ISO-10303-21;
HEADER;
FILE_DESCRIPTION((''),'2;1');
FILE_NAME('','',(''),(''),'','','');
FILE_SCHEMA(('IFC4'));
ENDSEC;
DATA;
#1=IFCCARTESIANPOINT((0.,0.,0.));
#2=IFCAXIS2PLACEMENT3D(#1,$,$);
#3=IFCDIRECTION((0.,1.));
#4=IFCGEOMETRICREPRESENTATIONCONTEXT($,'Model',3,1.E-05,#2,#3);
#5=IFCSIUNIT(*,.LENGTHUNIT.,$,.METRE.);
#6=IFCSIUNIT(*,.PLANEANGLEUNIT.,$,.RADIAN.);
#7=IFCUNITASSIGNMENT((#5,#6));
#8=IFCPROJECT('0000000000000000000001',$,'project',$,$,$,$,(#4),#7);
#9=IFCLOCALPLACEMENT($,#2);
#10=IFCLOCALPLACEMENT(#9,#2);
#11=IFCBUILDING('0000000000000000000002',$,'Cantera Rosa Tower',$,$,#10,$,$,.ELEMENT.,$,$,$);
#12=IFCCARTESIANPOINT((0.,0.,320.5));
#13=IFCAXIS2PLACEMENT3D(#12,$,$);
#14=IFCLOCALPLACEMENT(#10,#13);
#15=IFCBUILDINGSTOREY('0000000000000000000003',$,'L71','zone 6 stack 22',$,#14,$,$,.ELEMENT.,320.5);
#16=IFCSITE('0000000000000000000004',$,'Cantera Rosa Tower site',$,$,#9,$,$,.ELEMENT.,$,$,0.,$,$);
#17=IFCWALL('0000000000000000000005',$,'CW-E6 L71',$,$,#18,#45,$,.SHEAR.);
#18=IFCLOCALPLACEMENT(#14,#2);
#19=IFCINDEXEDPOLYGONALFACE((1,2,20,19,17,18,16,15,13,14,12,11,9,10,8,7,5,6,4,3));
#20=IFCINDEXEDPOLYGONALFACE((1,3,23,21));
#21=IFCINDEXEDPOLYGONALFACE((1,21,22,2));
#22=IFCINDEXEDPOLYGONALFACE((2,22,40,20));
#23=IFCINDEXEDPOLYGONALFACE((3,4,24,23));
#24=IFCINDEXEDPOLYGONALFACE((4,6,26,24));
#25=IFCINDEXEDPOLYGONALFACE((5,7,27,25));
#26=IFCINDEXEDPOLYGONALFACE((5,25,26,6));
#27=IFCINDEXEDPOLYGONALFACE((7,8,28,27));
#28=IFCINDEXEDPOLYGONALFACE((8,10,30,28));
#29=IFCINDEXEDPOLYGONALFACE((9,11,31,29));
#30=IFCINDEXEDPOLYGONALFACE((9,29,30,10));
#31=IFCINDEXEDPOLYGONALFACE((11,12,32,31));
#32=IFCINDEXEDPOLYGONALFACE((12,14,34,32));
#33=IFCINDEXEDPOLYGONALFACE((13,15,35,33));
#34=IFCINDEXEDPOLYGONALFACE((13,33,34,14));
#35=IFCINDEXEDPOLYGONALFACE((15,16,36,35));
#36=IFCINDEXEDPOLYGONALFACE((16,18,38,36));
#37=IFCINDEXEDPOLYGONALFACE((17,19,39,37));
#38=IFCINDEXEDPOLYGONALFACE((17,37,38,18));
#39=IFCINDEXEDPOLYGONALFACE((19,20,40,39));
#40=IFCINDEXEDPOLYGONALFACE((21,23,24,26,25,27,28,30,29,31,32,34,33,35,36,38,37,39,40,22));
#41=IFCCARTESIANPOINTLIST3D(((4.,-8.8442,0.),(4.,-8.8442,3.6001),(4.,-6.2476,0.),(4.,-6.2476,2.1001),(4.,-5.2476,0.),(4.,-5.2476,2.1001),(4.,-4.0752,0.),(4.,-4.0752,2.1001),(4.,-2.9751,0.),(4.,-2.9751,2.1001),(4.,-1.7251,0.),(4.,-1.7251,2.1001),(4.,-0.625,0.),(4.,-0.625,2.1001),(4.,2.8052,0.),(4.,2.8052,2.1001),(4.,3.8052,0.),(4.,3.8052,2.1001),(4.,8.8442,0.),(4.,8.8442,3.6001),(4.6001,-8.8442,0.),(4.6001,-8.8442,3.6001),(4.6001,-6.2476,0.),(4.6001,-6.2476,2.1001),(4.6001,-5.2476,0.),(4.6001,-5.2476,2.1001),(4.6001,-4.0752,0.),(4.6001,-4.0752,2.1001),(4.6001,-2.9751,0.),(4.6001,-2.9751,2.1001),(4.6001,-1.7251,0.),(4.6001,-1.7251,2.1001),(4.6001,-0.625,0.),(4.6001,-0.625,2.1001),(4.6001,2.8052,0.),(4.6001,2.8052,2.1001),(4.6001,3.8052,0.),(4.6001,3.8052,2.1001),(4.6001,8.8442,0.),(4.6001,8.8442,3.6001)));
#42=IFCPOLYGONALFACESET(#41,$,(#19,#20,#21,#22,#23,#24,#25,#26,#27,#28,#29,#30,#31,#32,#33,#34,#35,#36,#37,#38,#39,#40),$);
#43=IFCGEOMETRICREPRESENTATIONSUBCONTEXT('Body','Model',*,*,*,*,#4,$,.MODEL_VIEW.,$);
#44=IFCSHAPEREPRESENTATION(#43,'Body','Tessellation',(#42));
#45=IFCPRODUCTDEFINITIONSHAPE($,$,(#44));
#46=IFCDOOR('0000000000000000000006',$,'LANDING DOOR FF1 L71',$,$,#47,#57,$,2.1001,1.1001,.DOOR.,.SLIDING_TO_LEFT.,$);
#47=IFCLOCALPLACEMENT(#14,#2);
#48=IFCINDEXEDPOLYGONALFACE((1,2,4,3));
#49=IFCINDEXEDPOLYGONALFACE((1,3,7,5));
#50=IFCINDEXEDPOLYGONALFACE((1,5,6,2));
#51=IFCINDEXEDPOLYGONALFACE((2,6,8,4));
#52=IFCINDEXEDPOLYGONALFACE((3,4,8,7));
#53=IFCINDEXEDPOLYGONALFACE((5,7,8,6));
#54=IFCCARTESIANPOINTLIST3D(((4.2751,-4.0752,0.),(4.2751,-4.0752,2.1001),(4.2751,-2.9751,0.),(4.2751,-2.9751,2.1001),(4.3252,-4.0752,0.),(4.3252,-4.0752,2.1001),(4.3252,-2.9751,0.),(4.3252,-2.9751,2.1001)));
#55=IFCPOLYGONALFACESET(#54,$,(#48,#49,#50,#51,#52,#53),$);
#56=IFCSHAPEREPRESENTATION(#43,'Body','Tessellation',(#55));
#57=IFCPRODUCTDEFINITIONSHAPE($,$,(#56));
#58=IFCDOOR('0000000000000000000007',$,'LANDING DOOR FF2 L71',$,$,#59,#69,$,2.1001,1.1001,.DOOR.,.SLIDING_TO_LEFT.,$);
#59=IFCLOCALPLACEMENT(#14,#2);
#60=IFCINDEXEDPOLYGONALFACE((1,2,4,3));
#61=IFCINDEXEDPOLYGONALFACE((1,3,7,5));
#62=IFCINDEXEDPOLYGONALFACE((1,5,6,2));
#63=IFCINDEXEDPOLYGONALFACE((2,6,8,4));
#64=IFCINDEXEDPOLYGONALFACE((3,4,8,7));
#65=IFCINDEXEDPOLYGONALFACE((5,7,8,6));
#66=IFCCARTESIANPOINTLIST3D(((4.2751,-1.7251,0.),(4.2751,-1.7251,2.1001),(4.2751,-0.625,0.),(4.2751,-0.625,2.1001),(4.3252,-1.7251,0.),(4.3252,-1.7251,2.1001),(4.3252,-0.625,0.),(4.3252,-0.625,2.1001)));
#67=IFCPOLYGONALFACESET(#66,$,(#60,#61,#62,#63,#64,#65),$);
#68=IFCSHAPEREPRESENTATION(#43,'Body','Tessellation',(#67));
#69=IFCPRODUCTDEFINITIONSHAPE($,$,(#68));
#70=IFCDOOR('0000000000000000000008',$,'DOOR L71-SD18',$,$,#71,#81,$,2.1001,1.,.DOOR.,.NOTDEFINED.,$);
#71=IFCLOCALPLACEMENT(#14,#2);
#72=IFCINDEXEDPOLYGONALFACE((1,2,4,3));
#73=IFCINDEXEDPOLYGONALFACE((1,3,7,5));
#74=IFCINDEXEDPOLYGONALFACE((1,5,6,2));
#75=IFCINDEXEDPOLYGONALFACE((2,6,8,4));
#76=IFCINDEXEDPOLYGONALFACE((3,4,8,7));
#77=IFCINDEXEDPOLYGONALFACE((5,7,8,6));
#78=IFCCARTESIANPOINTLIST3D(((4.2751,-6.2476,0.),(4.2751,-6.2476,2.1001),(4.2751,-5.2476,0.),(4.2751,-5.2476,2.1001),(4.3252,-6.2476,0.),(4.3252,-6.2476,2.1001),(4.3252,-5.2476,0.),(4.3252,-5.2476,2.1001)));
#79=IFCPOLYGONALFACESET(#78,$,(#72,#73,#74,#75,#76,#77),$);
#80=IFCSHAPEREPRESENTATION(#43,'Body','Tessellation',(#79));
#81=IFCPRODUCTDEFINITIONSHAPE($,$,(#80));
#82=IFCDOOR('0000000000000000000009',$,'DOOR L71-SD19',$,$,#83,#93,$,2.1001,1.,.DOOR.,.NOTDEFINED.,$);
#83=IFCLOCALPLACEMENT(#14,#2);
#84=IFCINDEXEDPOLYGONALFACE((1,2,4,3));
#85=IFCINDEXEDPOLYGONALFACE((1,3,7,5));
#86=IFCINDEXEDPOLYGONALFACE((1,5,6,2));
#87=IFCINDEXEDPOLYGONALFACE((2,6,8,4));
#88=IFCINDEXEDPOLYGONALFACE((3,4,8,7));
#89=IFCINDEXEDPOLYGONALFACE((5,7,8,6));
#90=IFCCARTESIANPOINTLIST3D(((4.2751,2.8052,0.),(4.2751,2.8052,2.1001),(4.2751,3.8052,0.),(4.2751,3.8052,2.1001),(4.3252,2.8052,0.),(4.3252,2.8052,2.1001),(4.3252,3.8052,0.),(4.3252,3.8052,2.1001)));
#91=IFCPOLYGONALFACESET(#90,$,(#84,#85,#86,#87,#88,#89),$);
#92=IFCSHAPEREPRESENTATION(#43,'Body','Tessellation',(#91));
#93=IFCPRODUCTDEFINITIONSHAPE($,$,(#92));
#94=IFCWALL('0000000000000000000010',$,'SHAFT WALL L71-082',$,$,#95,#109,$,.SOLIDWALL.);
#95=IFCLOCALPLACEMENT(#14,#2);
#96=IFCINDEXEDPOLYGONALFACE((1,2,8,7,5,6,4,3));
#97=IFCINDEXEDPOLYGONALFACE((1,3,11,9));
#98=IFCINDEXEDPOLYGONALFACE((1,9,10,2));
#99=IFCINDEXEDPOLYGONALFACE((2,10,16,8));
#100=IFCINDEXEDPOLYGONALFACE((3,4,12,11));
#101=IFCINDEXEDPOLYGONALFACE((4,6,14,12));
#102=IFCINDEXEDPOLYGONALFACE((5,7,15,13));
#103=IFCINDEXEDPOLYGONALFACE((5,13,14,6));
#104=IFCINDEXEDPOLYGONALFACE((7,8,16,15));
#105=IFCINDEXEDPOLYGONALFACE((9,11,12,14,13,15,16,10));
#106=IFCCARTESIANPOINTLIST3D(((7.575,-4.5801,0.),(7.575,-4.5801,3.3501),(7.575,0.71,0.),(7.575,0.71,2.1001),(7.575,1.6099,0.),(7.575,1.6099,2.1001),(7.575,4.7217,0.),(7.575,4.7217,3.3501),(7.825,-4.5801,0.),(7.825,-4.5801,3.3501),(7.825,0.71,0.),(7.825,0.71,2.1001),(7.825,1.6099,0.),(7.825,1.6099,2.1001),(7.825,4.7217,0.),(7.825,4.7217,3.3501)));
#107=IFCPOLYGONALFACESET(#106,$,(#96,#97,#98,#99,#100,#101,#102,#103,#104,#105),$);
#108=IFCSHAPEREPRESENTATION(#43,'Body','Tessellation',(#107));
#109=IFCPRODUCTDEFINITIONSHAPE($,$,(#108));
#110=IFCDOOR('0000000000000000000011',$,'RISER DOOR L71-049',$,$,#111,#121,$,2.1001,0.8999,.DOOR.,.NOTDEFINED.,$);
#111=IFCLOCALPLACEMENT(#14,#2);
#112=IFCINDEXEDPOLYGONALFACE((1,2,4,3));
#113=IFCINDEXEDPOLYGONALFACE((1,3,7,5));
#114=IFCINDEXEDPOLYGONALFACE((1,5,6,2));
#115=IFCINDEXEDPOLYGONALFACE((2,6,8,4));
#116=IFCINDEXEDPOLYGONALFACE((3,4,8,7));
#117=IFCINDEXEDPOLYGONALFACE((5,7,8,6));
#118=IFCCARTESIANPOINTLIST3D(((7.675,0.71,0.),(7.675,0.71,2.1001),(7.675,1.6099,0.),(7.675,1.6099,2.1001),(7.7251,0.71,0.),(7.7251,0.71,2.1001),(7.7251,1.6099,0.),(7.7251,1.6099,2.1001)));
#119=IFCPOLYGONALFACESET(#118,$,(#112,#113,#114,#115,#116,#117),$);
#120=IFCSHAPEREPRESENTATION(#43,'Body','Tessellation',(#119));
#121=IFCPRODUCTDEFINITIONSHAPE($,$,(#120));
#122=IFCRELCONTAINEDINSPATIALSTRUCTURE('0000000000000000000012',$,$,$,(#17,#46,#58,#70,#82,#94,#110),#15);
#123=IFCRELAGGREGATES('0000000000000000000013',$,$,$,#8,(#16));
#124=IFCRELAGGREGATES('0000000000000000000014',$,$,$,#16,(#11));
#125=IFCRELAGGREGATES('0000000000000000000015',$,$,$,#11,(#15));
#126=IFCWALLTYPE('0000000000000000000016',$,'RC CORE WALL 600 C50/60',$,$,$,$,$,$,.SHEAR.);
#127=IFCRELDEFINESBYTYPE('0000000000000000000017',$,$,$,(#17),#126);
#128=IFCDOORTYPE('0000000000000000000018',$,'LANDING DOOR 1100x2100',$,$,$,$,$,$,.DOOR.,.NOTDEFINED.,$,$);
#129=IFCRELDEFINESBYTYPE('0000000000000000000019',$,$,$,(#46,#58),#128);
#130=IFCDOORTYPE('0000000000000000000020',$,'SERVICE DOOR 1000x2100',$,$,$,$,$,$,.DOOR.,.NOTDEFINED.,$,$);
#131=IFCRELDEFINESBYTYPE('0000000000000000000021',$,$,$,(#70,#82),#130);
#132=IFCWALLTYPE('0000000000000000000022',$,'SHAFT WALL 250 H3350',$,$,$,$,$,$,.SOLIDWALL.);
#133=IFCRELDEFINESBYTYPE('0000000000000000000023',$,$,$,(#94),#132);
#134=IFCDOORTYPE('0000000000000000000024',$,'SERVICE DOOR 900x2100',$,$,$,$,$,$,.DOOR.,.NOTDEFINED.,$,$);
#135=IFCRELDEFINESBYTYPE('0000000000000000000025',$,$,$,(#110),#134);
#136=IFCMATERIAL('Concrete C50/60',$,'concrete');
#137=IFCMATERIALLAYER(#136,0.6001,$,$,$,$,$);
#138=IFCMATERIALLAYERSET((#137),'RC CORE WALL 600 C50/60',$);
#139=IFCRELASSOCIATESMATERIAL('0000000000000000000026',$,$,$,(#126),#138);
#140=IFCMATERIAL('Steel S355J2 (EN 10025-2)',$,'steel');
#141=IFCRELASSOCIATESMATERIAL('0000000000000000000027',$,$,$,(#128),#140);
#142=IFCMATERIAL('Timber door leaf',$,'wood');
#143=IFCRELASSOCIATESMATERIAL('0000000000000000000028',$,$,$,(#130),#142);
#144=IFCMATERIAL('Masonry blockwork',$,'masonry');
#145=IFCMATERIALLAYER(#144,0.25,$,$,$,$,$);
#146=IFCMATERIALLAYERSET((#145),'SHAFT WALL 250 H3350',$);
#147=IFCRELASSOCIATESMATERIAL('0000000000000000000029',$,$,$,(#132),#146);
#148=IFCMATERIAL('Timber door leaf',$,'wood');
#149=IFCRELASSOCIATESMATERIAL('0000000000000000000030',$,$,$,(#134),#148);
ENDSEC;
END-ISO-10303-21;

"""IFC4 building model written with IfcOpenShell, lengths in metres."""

from ifc_helpers import new_model, si_unit, direction, frame, frame_2d, origin, place, context, subcontext, project, spatial, rectangle, extrude, material, layer, layer_set, type_object, element, fill, save


model = new_model("IFC4")

# Units and contexts
model_context = context("Model", 3, precision=1e-05, world=origin(), true_north=direction((0.0, 1.0)))
body_context = subcontext(model_context, "Body", "Model", "MODEL_VIEW")
ifc_project = project(units=[si_unit("LENGTHUNIT", "METRE"), si_unit("PLANEANGLEUNIT", "RADIAN")], contexts=[model_context])

# Site, building, storey
site_placement = place(None, origin())
site = spatial("IfcSite", under=ifc_project, at=site_placement, Name="Cantera Rosa Tower site", CompositionType="ELEMENT", RefElevation=0.0)
building_placement = place(site_placement, origin())
building = spatial("IfcBuilding", under=site, at=building_placement, Name="Cantera Rosa Tower", CompositionType="ELEMENT")
storey_placement = place(building_placement, frame((0.0, 0.0, 320.5)))
storey = spatial("IfcBuildingStorey", under=building, at=storey_placement, Name="L71", Description="zone 6 stack 22", CompositionType="ELEMENT", Elevation=320.5)

# Shared definitions
ifc_material_1 = material(Name="Concrete C50/60", Category="concrete")
ifc_layer_1 = layer(ifc_material_1, 0.6001)
ifc_layer_set_1 = layer_set([ifc_layer_1], Name="RC CORE WALL 600 C50/60")
wall_type_1 = type_object("IfcWallType", Name="RC CORE WALL 600 C50/60", PredefinedType="SHEAR", material=ifc_layer_set_1)

# Wall, openings, doors
wall_1_placement = place(storey_placement, frame((4.3, -8.8442, 0.0), z_axis=(0.0, 0.0, 1.0), x_axis=(0.0, 1.0, 0.0)))
wall_1 = element("IfcWall", 1, at=wall_1_placement, inside=storey, type_object=wall_type_1, Name="CW-E6 L71", PredefinedType="SHEAR", context=body_context, shape_type="SweptSolid", body=[
    extrude(rectangle(XDim=17.6885, YDim=0.6001, at=frame_2d((8.8442, 0.0))), origin(), (0.0, 0.0, 1.0), 3.6001),
])
opening_1_placement = place(wall_1_placement, frame((4.769, 0.0, 0.0)))
opening_1 = element("IfcOpeningElement", 2, at=opening_1_placement, cuts=wall_1, PredefinedType="OPENING", context=body_context, shape_type="SweptSolid", body=[
    extrude(rectangle(XDim=1.1001, YDim=2.1001, at=frame_2d((0.55, 1.05))), frame((0.0, 0.3101, 0.0), z_axis=(0.0, -1.0, 0.0), x_axis=(1.0, 0.0, 0.0)), (0.0, 0.0, 1.0), 0.6201),
])
opening_2_placement = place(wall_1_placement, frame((7.1191, 0.0, 0.0)))
opening_2 = element("IfcOpeningElement", 3, at=opening_2_placement, cuts=wall_1, PredefinedType="OPENING", context=body_context, shape_type="SweptSolid", body=[
    extrude(rectangle(XDim=1.1001, YDim=2.1001, at=frame_2d((0.55, 1.05))), frame((0.0, 0.3101, 0.0), z_axis=(0.0, -1.0, 0.0), x_axis=(1.0, 0.0, 0.0)), (0.0, 0.0, 1.0), 0.6201),
])
opening_3_placement = place(wall_1_placement, frame((2.5967, 0.0, 0.0)))
opening_3 = element("IfcOpeningElement", 4, at=opening_3_placement, cuts=wall_1, PredefinedType="OPENING", context=body_context, shape_type="SweptSolid", body=[
    extrude(rectangle(XDim=1.0, YDim=2.1001, at=frame_2d((0.5, 1.05))), frame((0.0, 0.3101, 0.0), z_axis=(0.0, -1.0, 0.0), x_axis=(1.0, 0.0, 0.0)), (0.0, 0.0, 1.0), 0.6201),
])
opening_4_placement = place(wall_1_placement, frame((11.6494, 0.0, 0.0)))
opening_4 = element("IfcOpeningElement", 5, at=opening_4_placement, cuts=wall_1, PredefinedType="OPENING", context=body_context, shape_type="SweptSolid", body=[
    extrude(rectangle(XDim=1.0, YDim=2.1001, at=frame_2d((0.5, 1.05))), frame((0.0, 0.3101, 0.0), z_axis=(0.0, -1.0, 0.0), x_axis=(1.0, 0.0, 0.0)), (0.0, 0.0, 1.0), 0.6201),
])
ifc_material_2 = material(Name="Steel S355J2 (EN 10025-2)", Category="steel")
door_type_1 = type_object("IfcDoorType", Name="LANDING DOOR 1100x2100", OperationType="NOTDEFINED", PredefinedType="DOOR", material=ifc_material_2)
door_1_placement = place(opening_1_placement, origin())
door_1 = element("IfcDoor", 6, at=door_1_placement, inside=storey, type_object=door_type_1, Name="LANDING DOOR FF1 L71", OperationType="SLIDING_TO_LEFT", OverallHeight=2.1001, OverallWidth=1.1001, PredefinedType="DOOR", context=body_context, shape_type="SweptSolid", body=[
    extrude(rectangle(XDim=1.1001, YDim=2.1001, at=frame_2d((0.55, 1.05))), frame((0.0, 0.0249, 0.0), z_axis=(0.0, -1.0, 0.0), x_axis=(1.0, 0.0, 0.0)), (0.0, 0.0, 1.0), 0.05),
])
fill(opening_1, door_1)
door_2_placement = place(opening_2_placement, origin())
door_2 = element("IfcDoor", 7, at=door_2_placement, inside=storey, type_object=door_type_1, Name="LANDING DOOR FF2 L71", OperationType="SLIDING_TO_LEFT", OverallHeight=2.1001, OverallWidth=1.1001, PredefinedType="DOOR", context=body_context, shape_type="SweptSolid", body=[
    extrude(rectangle(XDim=1.1001, YDim=2.1001, at=frame_2d((0.55, 1.05))), frame((0.0, 0.0249, 0.0), z_axis=(0.0, -1.0, 0.0), x_axis=(1.0, 0.0, 0.0)), (0.0, 0.0, 1.0), 0.05),
])
fill(opening_2, door_2)
ifc_material_3 = material(Name="Timber door leaf", Category="wood")
door_type_2 = type_object("IfcDoorType", Name="SERVICE DOOR 1000x2100", OperationType="NOTDEFINED", PredefinedType="DOOR", material=ifc_material_3)
door_3_placement = place(opening_3_placement, origin())
door_3 = element("IfcDoor", 8, at=door_3_placement, inside=storey, type_object=door_type_2, Name="DOOR L71-SD18", OperationType="NOTDEFINED", OverallHeight=2.1001, OverallWidth=1.0, PredefinedType="DOOR", context=body_context, shape_type="SweptSolid", body=[
    extrude(rectangle(XDim=1.0, YDim=2.1001, at=frame_2d((0.5, 1.05))), frame((0.0, 0.0249, 0.0), z_axis=(0.0, -1.0, 0.0), x_axis=(1.0, 0.0, 0.0)), (0.0, 0.0, 1.0), 0.05),
])
fill(opening_3, door_3)
door_4_placement = place(opening_4_placement, origin())
door_4 = element("IfcDoor", 9, at=door_4_placement, inside=storey, type_object=door_type_2, Name="DOOR L71-SD19", OperationType="NOTDEFINED", OverallHeight=2.1001, OverallWidth=1.0, PredefinedType="DOOR", context=body_context, shape_type="SweptSolid", body=[
    extrude(rectangle(XDim=1.0, YDim=2.1001, at=frame_2d((0.5, 1.05))), frame((0.0, 0.0249, 0.0), z_axis=(0.0, -1.0, 0.0), x_axis=(1.0, 0.0, 0.0)), (0.0, 0.0, 1.0), 0.05),
])
fill(opening_4, door_4)

# Shared definitions
ifc_material_4 = material(Name="Masonry blockwork", Category="masonry")
ifc_layer_2 = layer(ifc_material_4, 0.25)
ifc_layer_set_2 = layer_set([ifc_layer_2], Name="SHAFT WALL 250 H3350")
wall_type_2 = type_object("IfcWallType", Name="SHAFT WALL 250 H3350", PredefinedType="SOLIDWALL", material=ifc_layer_set_2)

# Wall, opening, door
wall_2_placement = place(storey_placement, frame((7.7, -4.5801, 0.0), z_axis=(0.0, 0.0, 1.0), x_axis=(0.0, 1.0, 0.0)))
wall_2 = element("IfcWall", 10, at=wall_2_placement, inside=storey, type_object=wall_type_2, Name="SHAFT WALL L71-082", PredefinedType="SOLIDWALL", context=body_context, shape_type="SweptSolid", body=[
    extrude(rectangle(XDim=9.3018, YDim=0.25, at=frame_2d((4.6509, 0.0))), origin(), (0.0, 0.0, 1.0), 3.3501),
])
opening_5_placement = place(wall_2_placement, frame((5.29, 0.0, 0.0)))
opening_5 = element("IfcOpeningElement", 11, at=opening_5_placement, cuts=wall_2, PredefinedType="OPENING", context=body_context, shape_type="SweptSolid", body=[
    extrude(rectangle(XDim=0.8999, YDim=2.1001, at=frame_2d((0.45, 1.05))), frame((0.0, 0.135, 0.0), z_axis=(0.0, -1.0, 0.0), x_axis=(1.0, 0.0, 0.0)), (0.0, 0.0, 1.0), 0.27),
])
ifc_material_5 = material(Name="Timber door leaf", Category="wood")
door_type_3 = type_object("IfcDoorType", Name="SERVICE DOOR 900x2100", OperationType="NOTDEFINED", PredefinedType="DOOR", material=ifc_material_5)
door_5_placement = place(opening_5_placement, origin())
door_5 = element("IfcDoor", 12, at=door_5_placement, inside=storey, type_object=door_type_3, Name="RISER DOOR L71-049", OperationType="NOTDEFINED", OverallHeight=2.1001, OverallWidth=0.8999, PredefinedType="DOOR", context=body_context, shape_type="SweptSolid", body=[
    extrude(rectangle(XDim=0.8999, YDim=2.1001, at=frame_2d((0.45, 1.05))), frame((0.0, 0.0249, 0.0), z_axis=(0.0, -1.0, 0.0), x_axis=(1.0, 0.0, 0.0)), (0.0, 0.0, 1.0), 0.05),
])
fill(opening_5, door_5)

save(model, "model.ifc")
